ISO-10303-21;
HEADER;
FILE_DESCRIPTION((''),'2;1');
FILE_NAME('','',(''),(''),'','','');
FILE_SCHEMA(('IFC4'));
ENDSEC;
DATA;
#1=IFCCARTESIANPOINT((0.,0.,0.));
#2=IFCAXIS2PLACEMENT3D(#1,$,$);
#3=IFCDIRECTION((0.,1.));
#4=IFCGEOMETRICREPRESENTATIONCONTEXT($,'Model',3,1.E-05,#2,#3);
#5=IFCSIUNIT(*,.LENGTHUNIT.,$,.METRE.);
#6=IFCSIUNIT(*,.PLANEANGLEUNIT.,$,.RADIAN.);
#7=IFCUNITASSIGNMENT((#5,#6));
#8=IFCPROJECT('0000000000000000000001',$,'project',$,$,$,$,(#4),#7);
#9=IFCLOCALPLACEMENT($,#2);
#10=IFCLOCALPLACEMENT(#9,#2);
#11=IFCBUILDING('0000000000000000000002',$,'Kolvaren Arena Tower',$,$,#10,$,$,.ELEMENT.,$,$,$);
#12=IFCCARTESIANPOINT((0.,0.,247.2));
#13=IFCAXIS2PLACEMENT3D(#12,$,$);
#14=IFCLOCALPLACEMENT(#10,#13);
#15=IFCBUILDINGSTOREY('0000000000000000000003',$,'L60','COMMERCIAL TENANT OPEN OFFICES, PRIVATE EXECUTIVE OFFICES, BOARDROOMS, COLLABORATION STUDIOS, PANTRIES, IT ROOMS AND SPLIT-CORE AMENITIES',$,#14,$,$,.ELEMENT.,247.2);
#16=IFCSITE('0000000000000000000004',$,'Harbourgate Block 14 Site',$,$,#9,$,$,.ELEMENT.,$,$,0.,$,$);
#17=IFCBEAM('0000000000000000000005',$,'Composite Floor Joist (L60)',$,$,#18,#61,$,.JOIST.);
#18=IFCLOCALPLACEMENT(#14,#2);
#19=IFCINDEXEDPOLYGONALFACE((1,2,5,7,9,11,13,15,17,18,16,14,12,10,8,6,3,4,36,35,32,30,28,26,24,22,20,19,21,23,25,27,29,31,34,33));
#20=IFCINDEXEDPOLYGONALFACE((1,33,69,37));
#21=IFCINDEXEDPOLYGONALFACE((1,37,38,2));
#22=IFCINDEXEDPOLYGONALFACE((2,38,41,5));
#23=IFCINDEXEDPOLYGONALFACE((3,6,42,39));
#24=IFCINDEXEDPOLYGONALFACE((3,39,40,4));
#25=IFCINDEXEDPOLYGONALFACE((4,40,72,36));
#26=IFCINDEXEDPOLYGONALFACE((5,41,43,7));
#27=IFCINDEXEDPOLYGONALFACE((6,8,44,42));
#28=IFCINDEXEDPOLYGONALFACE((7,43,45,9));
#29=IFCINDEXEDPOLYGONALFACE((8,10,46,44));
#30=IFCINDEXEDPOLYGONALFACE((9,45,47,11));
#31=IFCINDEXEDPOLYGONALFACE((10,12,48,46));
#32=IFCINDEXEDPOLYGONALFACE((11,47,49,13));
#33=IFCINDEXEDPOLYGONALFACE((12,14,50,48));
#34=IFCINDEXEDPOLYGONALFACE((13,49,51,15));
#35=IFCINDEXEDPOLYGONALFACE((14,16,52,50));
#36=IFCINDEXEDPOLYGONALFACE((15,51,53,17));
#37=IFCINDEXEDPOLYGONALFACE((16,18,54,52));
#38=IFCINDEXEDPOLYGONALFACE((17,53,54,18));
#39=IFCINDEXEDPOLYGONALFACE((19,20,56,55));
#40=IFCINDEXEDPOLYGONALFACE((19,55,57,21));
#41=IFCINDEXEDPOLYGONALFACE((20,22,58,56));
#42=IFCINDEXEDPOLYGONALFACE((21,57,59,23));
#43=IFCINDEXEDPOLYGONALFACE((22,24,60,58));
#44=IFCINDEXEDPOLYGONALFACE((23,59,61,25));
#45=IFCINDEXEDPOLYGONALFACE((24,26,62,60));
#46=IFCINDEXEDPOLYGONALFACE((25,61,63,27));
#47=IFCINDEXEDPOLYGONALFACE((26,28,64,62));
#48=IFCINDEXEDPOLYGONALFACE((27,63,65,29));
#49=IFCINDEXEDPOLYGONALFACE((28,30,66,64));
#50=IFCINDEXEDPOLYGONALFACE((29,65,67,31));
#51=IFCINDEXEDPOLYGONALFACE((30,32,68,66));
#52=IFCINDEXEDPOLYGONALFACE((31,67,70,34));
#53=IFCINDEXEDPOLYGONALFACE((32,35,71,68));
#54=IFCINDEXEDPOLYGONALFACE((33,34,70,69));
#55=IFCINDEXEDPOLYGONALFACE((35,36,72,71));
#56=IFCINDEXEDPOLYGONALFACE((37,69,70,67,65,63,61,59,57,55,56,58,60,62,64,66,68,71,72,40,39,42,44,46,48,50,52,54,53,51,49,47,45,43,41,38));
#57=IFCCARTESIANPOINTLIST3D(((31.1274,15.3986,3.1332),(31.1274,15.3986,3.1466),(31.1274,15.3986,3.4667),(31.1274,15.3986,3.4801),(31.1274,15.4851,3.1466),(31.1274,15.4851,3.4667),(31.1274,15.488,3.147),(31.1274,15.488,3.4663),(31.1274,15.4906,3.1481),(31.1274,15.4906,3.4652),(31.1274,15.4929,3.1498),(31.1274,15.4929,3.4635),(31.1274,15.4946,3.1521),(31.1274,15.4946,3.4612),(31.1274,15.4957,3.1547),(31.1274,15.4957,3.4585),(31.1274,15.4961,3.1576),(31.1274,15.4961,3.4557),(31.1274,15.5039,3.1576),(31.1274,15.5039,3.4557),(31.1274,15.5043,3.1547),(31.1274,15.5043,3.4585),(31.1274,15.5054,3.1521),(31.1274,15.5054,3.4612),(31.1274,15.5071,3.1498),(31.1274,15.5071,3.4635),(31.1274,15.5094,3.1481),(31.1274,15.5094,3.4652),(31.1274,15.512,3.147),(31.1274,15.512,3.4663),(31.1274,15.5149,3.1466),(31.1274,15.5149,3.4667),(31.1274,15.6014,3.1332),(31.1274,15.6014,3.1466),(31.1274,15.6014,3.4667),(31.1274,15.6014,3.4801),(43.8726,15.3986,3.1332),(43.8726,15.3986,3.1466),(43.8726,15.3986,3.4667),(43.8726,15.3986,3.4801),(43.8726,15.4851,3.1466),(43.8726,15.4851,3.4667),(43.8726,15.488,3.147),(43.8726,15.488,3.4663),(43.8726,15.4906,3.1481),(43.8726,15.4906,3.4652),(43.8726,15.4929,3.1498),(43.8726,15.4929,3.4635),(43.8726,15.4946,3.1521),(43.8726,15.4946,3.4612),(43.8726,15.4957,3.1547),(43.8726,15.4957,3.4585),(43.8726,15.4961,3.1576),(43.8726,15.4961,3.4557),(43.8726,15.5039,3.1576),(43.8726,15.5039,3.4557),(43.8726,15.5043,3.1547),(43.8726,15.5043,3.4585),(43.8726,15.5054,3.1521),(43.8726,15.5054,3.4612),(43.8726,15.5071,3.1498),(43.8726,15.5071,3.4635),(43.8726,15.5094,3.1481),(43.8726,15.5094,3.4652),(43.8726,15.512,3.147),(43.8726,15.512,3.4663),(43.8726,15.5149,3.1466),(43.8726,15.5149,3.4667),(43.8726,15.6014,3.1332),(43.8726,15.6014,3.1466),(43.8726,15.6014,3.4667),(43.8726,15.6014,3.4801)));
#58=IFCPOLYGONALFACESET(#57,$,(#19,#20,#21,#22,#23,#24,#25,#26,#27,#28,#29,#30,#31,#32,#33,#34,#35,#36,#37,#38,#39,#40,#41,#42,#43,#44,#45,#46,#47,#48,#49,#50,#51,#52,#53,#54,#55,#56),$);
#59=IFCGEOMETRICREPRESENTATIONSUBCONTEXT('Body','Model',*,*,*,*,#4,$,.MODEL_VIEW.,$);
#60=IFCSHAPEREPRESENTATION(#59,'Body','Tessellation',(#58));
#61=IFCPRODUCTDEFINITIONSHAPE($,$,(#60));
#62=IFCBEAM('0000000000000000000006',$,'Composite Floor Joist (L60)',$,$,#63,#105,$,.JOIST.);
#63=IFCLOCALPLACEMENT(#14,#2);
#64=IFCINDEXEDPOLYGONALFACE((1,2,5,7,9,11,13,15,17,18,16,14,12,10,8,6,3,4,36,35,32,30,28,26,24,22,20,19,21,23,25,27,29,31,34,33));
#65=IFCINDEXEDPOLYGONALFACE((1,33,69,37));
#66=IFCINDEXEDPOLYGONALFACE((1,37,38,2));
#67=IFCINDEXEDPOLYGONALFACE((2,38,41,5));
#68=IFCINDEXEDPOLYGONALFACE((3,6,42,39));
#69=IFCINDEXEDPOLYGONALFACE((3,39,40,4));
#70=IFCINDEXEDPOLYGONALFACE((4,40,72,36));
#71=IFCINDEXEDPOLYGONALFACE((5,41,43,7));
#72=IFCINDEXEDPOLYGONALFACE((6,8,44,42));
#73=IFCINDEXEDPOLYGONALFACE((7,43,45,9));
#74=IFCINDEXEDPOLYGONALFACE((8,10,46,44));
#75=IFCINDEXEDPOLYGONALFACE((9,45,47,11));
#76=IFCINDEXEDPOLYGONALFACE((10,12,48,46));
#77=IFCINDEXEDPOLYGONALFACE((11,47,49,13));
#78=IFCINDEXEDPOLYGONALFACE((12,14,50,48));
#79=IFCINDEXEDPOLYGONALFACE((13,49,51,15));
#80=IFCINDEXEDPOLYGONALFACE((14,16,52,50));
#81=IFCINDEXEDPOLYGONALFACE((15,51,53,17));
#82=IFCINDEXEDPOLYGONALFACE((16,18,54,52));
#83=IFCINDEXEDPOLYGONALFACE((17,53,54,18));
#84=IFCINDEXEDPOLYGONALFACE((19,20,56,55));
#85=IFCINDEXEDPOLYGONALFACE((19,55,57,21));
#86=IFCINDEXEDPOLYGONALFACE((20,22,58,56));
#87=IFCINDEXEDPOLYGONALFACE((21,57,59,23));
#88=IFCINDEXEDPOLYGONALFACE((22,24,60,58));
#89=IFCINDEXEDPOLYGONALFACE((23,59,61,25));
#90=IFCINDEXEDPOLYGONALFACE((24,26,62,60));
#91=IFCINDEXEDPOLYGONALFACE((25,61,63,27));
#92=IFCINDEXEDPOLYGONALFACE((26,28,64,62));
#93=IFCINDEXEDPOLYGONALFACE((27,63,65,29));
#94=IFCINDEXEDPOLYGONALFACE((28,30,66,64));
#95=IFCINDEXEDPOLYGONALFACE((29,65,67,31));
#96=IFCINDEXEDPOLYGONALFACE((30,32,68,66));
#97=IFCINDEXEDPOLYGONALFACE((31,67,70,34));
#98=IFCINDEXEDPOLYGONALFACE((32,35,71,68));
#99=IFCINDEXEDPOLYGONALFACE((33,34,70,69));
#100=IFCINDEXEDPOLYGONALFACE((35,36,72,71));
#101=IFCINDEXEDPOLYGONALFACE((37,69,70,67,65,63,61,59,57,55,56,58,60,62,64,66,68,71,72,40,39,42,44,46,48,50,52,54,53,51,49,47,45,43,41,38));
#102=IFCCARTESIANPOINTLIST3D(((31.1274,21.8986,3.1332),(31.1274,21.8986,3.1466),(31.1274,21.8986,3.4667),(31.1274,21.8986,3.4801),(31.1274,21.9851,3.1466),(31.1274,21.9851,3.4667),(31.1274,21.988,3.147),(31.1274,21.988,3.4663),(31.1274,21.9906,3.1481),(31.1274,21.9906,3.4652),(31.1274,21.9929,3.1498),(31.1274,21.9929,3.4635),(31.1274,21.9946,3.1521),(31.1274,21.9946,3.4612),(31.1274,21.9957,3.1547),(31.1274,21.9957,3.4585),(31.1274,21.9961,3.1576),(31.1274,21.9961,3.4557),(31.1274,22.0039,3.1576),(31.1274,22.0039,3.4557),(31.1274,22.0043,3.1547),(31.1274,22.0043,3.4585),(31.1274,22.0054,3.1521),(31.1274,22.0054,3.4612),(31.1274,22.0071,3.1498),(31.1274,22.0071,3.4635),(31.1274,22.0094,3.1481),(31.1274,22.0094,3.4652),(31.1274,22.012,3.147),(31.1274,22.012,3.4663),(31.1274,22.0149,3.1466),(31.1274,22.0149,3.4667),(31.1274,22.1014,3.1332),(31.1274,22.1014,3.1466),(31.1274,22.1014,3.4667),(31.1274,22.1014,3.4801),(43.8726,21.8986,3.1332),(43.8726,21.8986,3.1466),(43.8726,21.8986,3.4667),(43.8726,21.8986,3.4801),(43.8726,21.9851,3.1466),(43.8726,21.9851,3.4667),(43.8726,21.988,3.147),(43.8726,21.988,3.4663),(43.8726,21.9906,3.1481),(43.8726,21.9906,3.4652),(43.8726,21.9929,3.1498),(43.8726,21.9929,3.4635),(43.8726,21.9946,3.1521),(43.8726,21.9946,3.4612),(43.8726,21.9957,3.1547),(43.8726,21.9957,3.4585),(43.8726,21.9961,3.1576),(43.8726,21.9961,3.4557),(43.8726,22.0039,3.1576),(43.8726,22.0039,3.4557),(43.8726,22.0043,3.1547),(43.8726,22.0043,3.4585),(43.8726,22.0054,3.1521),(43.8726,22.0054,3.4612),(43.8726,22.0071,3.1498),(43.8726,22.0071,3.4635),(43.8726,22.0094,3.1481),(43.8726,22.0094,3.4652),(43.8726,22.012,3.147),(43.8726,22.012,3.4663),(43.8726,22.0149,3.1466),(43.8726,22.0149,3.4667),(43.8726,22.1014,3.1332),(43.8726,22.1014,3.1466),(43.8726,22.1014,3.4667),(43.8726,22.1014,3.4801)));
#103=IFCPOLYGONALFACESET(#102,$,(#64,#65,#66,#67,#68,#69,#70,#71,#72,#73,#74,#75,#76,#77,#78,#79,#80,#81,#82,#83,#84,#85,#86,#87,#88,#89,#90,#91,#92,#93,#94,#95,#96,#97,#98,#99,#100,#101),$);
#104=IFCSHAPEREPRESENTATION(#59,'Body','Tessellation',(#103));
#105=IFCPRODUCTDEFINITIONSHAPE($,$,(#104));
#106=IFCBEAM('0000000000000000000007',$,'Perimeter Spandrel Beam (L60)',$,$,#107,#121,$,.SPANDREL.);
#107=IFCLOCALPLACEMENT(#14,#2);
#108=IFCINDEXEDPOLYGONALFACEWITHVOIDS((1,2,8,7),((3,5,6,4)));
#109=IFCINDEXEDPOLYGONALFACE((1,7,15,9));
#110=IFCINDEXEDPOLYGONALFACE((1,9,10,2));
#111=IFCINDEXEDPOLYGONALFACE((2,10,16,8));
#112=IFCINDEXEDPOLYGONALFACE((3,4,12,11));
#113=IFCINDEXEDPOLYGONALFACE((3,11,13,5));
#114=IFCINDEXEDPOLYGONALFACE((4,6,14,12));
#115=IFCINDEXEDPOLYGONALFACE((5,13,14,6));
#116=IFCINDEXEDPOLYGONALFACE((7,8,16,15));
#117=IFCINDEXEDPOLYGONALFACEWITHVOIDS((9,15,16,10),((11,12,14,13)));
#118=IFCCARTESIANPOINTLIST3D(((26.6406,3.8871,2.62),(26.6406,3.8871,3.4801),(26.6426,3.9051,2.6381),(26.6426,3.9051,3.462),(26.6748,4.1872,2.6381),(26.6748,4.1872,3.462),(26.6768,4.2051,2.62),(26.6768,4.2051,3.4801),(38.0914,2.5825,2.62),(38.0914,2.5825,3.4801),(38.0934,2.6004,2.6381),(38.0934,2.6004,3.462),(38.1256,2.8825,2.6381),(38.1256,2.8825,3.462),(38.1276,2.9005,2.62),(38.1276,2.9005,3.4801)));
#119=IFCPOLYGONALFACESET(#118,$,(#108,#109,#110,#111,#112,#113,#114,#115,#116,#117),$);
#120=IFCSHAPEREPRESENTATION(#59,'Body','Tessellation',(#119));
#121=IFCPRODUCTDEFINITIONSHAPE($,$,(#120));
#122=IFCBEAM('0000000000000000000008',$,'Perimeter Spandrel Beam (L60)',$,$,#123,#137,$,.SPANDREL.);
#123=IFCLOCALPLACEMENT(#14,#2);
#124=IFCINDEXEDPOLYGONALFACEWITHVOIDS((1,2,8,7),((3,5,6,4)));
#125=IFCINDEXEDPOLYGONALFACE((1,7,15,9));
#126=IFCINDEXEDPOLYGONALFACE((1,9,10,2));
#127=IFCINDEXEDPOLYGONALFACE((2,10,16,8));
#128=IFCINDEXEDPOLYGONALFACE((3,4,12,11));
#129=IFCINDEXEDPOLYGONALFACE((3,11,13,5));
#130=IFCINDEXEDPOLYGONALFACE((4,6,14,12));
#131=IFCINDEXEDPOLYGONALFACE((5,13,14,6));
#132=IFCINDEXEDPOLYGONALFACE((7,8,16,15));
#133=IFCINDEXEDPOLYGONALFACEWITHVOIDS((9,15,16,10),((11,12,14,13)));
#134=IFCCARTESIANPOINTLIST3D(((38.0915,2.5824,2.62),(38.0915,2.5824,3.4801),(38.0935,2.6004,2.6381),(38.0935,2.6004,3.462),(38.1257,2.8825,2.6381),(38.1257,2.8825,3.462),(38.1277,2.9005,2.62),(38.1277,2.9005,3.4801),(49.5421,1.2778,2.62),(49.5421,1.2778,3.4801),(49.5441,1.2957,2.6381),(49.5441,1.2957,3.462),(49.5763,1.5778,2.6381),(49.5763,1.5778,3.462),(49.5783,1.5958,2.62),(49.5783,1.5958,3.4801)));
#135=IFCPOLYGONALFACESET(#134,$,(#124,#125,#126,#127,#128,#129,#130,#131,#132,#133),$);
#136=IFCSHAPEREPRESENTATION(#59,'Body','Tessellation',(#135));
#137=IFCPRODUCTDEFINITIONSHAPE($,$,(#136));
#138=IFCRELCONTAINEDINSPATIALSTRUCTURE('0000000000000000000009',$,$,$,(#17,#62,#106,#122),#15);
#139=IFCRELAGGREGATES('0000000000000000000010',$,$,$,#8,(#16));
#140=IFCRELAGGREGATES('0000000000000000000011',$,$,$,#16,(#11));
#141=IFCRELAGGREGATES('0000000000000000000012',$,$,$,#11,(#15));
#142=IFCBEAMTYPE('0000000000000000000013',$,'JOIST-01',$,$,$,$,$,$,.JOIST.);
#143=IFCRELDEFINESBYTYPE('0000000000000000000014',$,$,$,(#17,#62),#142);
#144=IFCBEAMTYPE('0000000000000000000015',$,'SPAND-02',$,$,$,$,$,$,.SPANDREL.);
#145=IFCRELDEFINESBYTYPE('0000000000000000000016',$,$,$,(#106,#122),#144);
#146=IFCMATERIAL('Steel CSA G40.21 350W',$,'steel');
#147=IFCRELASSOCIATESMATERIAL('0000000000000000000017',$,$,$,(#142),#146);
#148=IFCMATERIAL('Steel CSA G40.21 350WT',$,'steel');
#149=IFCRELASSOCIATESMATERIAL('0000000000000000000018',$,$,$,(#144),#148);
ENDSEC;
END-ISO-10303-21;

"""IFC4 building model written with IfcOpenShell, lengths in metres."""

from ifc_helpers import new_model, si_unit, direction, frame, origin, origin_2d, place, context, subcontext, project, spatial, hollow_rectangle, i_section, extrude, material, material_profile, profile_set, type_object, element, save


model = new_model("IFC4")

# Units and contexts
model_context = context("Model", 3, precision=1e-05, world=origin(), true_north=direction((0.0, 1.0)))
body_context = subcontext(model_context, "Body", "Model", "MODEL_VIEW")
ifc_project = project(units=[si_unit("LENGTHUNIT", "METRE"), si_unit("PLANEANGLEUNIT", "RADIAN")], contexts=[model_context])

# Site, building, storey
site_placement = place(None, origin())
site = spatial("IfcSite", under=ifc_project, at=site_placement, Name="Harbourgate Block 14 Site", CompositionType="ELEMENT", RefElevation=0.0)
building_placement = place(site_placement, origin())
building = spatial("IfcBuilding", under=site, at=building_placement, Name="Kolvaren Arena Tower", CompositionType="ELEMENT")
storey_placement = place(building_placement, frame((0.0, 0.0, 247.2)))
storey = spatial("IfcBuildingStorey", under=building, at=storey_placement, Name="L60", Description="COMMERCIAL TENANT OPEN OFFICES, PRIVATE EXECUTIVE OFFICES, BOARDROOMS, COLLABORATION STUDIOS, PANTRIES, IT ROOMS AND SPLIT-CORE AMENITIES", CompositionType="ELEMENT", Elevation=247.2)

# Beams
ifc_material_1 = material(Name="Steel CSA G40.21 350W", Category="steel")
ifc_material_profile_1 = material_profile(ifc_material_1, i_section(OverallWidth=0.2029, OverallDepth=0.3469, WebThickness=0.0078, FlangeThickness=0.0134, FilletRadius=0.011, at=origin_2d()), Name="W360x64")
ifc_profile_set_1 = profile_set([ifc_material_profile_1], Name="Steel CSA G40.21 350W")
beam_type_1 = type_object("IfcBeamType", Name="JOIST-01", PredefinedType="JOIST", material=ifc_profile_set_1)
for number, where, z_axis, x_axis, name in (
    (1, (31.1274, 15.5, 3.3066), (1.0, 0.0, 0.0), (0.0, 1.0, 0.0), "Composite Floor Joist (L60)"),
    (2, (31.1274, 22.0, 3.3066), (1.0, 0.0, 0.0), (0.0, 1.0, 0.0), "Composite Floor Joist (L60)"),
):
    element("IfcBeam", number, at=place(storey_placement, frame(where, z_axis=z_axis, x_axis=x_axis)), inside=storey, type_object=beam_type_1, Name=name, PredefinedType="JOIST", context=body_context, shape_type="SweptSolid", body=[
        extrude(i_section(OverallWidth=0.2029, OverallDepth=0.3469, WebThickness=0.0078, FlangeThickness=0.0134, FilletRadius=0.011, at=origin_2d()), origin(), (0.0, 0.0, 1.0), 12.7451),
    ])
ifc_material_2 = material(Name="Steel CSA G40.21 350WT", Category="steel")
ifc_material_profile_2 = material_profile(ifc_material_2, hollow_rectangle(XDim=0.3201, YDim=0.8601, WallThickness=0.0181, at=origin_2d()), Name="HSS 860x320x18")
ifc_profile_set_2 = profile_set([ifc_material_profile_2], Name="Steel CSA G40.21 350WT")
beam_type_2 = type_object("IfcBeamType", Name="SPAND-02", PredefinedType="SPANDREL", material=ifc_profile_set_2)
beam_1_placement = place(storey_placement, frame((26.6587, 4.0461, 3.05), z_axis=(0.993572, -0.113205, 0.0), x_axis=(0.113205, 0.993572, 0.0)))
element("IfcBeam", 3, at=beam_1_placement, inside=storey, type_object=beam_type_2, Name="Perimeter Spandrel Beam (L60)", PredefinedType="SPANDREL", context=body_context, shape_type="SweptSolid", body=[
    extrude(hollow_rectangle(XDim=0.3201, YDim=0.8601, WallThickness=0.0181, at=origin_2d()), origin(), (0.0, 0.0, 1.0), 11.5249),
])
beam_2_placement = place(storey_placement, frame((38.1096, 2.7415, 3.05), z_axis=(0.993571, -0.113207, 0.0), x_axis=(0.113207, 0.993571, 0.0)))
element("IfcBeam", 4, at=beam_2_placement, inside=storey, type_object=beam_type_2, Name="Perimeter Spandrel Beam (L60)", PredefinedType="SPANDREL", context=body_context, shape_type="SweptSolid", body=[
    extrude(hollow_rectangle(XDim=0.3201, YDim=0.8601, WallThickness=0.0181, at=origin_2d()), origin(), (0.0, 0.0, 1.0), 11.5247),
])

save(model, "model.ifc")
